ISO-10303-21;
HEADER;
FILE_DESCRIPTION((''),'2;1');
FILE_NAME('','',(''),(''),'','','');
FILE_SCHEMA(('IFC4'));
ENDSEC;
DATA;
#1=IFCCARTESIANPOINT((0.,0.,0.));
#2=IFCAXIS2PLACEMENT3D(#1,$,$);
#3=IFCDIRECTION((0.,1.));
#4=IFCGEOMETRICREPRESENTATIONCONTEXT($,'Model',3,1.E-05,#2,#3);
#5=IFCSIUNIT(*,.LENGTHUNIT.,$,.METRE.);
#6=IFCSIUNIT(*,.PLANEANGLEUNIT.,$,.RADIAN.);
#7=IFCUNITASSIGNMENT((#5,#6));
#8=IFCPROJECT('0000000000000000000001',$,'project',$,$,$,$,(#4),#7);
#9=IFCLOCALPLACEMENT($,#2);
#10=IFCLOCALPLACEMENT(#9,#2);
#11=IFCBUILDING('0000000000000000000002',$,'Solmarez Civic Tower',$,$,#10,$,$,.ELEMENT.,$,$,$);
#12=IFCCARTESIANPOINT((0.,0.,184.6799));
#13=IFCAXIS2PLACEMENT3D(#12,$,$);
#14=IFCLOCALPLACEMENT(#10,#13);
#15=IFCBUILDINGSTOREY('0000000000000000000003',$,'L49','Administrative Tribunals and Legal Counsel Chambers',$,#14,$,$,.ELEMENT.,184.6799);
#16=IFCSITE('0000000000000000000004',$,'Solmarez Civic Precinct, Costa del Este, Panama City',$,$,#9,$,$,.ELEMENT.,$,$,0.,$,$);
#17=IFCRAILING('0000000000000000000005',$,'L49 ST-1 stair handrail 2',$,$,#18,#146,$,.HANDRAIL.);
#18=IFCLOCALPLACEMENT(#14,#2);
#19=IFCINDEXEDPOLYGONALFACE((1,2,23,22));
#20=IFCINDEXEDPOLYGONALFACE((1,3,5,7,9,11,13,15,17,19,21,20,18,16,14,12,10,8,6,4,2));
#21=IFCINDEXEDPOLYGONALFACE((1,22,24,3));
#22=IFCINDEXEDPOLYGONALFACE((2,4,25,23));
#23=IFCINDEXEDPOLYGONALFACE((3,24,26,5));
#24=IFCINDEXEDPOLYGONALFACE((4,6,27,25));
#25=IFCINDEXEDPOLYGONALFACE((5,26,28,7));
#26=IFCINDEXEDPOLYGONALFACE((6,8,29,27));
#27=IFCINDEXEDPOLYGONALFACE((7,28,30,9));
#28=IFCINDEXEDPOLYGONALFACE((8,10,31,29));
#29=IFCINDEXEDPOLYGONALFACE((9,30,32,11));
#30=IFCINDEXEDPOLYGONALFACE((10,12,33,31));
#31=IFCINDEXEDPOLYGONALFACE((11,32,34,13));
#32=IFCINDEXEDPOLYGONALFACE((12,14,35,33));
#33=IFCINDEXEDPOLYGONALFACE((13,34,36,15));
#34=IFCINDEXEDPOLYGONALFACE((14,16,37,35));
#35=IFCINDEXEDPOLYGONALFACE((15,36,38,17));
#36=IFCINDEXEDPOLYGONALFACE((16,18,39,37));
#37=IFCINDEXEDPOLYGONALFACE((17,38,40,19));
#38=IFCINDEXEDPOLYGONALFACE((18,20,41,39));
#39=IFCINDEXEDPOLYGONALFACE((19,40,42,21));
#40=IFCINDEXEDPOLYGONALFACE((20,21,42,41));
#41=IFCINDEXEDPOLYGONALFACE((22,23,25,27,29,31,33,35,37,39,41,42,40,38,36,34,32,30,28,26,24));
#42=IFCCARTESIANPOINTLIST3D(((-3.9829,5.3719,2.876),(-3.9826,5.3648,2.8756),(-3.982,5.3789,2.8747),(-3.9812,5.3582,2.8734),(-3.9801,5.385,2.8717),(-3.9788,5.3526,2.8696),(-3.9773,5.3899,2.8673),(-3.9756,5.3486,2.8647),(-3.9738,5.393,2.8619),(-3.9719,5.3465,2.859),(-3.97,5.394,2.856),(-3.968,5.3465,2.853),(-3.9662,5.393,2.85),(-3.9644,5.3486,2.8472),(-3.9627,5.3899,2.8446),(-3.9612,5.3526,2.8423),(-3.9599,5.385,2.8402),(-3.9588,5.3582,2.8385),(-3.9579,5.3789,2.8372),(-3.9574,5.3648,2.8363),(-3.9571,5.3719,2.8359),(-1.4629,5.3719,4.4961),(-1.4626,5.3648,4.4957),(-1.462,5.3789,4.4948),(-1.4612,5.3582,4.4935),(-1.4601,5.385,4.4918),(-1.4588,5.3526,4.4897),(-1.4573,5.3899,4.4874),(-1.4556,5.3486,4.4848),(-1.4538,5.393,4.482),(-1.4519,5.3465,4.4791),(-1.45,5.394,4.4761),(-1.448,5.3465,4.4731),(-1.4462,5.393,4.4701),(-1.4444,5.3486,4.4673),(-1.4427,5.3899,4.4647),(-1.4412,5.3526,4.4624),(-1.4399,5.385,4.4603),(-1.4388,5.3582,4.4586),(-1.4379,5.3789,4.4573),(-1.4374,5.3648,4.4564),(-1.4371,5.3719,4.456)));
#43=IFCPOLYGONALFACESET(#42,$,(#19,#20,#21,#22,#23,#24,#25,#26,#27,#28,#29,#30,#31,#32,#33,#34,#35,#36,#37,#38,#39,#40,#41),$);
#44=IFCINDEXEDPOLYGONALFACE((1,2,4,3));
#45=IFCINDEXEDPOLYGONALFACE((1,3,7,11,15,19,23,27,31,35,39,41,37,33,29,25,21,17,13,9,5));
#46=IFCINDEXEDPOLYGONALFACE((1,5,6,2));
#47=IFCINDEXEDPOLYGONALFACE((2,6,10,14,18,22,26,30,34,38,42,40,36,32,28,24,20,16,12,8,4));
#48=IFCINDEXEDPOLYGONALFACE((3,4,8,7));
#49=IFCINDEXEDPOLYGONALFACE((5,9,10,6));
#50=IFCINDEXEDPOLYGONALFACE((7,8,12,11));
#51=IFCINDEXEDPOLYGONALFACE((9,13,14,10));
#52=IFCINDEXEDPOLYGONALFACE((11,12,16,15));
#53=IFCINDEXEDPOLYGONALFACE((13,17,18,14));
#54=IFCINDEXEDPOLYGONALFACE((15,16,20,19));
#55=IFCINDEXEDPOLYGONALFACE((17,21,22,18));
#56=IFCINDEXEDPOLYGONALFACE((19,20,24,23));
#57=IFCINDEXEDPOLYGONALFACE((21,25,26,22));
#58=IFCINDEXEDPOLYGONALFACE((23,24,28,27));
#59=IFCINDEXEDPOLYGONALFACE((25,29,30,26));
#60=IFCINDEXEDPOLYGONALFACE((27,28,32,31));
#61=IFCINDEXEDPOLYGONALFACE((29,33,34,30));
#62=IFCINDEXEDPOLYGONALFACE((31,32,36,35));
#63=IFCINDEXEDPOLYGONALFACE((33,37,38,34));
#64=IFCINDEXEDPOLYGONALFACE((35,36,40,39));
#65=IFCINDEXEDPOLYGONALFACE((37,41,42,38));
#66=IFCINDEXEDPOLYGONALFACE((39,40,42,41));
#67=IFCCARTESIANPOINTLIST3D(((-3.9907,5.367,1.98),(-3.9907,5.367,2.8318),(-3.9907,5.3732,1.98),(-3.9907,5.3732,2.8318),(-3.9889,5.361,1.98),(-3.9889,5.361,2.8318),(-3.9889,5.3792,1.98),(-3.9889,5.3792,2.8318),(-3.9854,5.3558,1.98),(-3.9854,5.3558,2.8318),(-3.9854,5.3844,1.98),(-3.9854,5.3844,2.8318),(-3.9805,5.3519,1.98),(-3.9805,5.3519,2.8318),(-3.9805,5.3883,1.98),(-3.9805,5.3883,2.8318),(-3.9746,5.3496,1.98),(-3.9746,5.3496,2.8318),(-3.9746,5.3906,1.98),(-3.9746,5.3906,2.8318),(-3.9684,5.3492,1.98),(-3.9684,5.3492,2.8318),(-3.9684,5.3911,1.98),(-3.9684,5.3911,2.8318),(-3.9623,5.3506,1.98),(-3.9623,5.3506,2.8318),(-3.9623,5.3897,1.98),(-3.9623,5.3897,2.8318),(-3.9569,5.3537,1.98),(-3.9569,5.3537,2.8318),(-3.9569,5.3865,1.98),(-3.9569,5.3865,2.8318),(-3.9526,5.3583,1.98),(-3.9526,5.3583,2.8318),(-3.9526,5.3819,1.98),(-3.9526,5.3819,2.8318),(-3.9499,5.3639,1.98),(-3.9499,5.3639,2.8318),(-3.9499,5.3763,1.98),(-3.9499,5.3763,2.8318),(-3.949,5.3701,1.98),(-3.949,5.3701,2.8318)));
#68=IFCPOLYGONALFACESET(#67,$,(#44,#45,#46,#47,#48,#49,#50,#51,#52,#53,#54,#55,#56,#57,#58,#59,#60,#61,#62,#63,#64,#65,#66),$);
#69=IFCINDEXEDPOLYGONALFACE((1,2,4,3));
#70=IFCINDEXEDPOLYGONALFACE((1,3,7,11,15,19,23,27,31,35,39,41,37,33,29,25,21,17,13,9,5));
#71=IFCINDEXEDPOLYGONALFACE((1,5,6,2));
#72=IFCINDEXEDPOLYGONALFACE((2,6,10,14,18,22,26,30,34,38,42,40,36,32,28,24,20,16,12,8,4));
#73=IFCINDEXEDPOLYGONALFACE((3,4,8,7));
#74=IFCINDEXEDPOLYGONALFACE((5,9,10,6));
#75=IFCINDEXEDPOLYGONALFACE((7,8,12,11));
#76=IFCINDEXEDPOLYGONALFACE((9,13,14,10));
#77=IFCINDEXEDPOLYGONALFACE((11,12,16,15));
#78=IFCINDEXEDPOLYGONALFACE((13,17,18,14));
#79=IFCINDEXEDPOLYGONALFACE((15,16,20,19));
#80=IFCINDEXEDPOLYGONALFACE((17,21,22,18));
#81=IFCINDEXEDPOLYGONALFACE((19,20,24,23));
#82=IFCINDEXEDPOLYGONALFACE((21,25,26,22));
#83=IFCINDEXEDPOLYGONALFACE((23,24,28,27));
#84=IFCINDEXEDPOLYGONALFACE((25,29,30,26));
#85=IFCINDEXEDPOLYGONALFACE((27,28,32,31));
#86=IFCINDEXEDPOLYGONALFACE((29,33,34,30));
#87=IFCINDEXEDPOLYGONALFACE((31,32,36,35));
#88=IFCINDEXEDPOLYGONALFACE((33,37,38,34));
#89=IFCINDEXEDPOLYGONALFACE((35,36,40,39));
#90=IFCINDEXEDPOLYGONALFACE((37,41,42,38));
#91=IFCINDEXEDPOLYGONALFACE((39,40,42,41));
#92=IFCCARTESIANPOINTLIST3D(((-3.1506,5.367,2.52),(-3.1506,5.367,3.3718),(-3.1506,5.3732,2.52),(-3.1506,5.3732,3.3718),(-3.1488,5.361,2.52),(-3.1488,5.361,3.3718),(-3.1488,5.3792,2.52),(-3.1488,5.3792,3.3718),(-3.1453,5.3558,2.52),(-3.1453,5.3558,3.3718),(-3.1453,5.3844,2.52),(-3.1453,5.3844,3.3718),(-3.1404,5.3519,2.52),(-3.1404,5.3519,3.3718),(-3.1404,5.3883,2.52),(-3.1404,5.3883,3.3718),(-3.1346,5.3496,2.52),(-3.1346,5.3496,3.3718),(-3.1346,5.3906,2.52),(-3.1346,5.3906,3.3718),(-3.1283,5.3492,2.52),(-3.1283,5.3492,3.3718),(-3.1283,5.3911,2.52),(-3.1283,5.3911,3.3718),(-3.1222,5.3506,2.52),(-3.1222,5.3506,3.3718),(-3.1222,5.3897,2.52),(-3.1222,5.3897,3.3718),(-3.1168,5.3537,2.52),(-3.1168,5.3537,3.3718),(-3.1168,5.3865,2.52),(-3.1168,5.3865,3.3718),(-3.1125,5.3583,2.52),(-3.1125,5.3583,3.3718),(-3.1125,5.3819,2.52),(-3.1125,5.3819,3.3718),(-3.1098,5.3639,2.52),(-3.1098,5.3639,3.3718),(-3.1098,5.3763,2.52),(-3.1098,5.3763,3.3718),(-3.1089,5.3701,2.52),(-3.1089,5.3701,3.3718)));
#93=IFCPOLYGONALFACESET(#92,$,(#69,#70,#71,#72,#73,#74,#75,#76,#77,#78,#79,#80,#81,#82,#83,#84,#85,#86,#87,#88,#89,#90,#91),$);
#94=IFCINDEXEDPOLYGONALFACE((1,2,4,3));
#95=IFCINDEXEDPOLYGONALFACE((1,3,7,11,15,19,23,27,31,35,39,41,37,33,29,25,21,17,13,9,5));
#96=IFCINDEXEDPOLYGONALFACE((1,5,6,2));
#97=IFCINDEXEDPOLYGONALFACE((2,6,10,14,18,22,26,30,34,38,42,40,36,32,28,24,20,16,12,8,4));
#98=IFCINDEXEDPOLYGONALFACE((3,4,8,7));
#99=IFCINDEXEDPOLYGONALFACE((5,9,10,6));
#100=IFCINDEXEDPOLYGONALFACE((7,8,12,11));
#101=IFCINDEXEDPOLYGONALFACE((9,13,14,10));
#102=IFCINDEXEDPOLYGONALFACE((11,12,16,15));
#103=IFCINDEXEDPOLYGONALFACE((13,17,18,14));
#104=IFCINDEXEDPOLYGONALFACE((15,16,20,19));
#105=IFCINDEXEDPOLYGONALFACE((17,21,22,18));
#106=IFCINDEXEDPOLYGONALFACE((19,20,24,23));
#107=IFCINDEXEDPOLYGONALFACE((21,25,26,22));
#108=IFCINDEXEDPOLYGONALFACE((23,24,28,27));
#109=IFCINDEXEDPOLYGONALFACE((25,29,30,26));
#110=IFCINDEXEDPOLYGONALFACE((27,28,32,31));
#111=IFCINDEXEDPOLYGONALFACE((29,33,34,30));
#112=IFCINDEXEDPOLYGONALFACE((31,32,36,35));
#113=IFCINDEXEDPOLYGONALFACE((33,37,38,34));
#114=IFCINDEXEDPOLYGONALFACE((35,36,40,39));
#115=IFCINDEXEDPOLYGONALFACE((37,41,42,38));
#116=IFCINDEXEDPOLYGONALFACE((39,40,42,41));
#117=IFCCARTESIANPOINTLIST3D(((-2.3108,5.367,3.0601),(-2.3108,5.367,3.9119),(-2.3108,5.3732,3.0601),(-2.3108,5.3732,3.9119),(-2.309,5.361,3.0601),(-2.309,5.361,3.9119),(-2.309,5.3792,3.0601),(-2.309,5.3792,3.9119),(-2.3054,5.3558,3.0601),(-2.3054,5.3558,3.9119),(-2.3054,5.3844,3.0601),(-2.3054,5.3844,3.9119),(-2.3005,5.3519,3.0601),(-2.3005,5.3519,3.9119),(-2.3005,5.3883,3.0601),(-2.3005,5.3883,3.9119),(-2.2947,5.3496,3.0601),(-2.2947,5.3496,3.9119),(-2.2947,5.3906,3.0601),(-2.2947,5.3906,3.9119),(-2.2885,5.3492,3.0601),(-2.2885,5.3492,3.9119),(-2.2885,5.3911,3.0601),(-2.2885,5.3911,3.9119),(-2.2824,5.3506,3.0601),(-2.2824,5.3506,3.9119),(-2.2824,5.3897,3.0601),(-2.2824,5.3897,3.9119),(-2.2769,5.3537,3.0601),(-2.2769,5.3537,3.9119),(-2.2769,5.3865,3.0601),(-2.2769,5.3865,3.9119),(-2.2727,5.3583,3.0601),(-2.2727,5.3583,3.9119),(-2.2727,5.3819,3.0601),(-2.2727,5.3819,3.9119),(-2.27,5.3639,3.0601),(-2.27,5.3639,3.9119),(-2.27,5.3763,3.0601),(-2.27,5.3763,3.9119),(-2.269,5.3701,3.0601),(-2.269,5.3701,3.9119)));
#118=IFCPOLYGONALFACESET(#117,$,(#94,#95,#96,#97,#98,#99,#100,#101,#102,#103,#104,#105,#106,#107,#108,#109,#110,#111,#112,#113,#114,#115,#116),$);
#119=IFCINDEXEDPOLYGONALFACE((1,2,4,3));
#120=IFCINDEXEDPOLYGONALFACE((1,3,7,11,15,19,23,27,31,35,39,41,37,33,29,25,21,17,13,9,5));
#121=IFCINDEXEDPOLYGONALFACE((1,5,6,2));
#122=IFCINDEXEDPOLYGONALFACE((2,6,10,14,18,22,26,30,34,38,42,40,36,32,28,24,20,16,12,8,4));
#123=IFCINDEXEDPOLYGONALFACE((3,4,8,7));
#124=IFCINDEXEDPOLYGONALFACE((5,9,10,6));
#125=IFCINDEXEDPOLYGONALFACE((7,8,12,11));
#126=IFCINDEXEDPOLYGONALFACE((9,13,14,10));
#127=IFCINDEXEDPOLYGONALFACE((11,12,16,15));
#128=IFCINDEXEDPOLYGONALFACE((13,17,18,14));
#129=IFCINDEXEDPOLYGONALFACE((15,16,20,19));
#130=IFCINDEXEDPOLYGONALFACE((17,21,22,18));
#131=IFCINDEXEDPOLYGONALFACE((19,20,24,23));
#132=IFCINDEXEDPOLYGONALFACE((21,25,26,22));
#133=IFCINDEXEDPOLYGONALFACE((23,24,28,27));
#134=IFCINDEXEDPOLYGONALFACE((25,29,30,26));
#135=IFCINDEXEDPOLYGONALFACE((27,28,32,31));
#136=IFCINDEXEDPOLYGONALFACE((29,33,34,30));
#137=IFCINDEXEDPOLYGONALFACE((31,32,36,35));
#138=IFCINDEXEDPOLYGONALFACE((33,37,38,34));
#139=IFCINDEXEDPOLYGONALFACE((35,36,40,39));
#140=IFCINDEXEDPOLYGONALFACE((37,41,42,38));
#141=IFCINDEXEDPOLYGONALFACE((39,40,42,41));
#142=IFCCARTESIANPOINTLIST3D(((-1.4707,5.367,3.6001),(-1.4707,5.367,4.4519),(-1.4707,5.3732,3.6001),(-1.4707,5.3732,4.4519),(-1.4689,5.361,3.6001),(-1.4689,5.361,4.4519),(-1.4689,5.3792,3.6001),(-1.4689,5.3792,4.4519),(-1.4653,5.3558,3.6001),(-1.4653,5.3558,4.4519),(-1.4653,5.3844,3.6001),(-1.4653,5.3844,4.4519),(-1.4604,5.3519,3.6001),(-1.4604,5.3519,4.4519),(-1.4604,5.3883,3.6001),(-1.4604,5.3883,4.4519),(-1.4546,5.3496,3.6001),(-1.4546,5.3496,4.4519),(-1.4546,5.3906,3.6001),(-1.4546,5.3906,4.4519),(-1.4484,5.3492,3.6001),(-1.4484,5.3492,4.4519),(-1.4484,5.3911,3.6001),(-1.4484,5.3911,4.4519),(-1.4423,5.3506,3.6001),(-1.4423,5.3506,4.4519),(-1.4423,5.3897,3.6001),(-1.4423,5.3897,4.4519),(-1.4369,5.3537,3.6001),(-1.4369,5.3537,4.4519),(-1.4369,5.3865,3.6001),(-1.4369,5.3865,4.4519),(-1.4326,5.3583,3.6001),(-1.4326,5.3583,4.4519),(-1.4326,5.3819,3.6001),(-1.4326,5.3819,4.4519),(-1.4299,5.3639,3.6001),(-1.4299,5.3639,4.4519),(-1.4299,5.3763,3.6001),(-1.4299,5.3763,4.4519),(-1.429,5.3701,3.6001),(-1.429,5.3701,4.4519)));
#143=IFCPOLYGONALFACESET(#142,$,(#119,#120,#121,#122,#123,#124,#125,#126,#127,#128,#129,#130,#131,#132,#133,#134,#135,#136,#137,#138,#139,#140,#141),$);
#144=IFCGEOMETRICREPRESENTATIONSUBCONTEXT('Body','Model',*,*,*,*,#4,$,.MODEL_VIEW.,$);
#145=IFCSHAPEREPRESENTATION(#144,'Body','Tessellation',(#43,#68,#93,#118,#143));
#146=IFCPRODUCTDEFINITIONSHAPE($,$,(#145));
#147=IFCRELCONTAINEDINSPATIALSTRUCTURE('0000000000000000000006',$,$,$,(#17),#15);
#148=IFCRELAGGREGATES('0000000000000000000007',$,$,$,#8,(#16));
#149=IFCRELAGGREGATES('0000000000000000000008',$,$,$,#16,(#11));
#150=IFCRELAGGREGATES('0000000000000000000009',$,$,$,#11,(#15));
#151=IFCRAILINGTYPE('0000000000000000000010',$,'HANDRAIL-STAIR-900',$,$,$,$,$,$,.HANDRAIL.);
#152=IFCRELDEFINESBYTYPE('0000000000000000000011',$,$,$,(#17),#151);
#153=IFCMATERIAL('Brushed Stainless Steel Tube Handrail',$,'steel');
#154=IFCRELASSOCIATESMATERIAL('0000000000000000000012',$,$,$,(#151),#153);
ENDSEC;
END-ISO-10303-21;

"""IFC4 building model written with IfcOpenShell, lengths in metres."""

from ifc_helpers import new_model, si_unit, direction, frame, origin, origin_2d, place, context, subcontext, project, spatial, circle, extrude, material, type_object, element, save


model = new_model("IFC4")

# Units and contexts
model_context = context("Model", 3, precision=1e-05, world=origin(), true_north=direction((0.0, 1.0)))
body_context = subcontext(model_context, "Body", "Model", "MODEL_VIEW")
ifc_project = project(units=[si_unit("LENGTHUNIT", "METRE"), si_unit("PLANEANGLEUNIT", "RADIAN")], contexts=[model_context])

# Site, building, storey
site_placement = place(None, origin())
site = spatial("IfcSite", under=ifc_project, at=site_placement, Name="Solmarez Civic Precinct, Costa del Este, Panama City", CompositionType="ELEMENT", RefElevation=0.0)
building_placement = place(site_placement, origin())
building = spatial("IfcBuilding", under=site, at=building_placement, Name="Solmarez Civic Tower", CompositionType="ELEMENT")
storey_placement = place(building_placement, frame((0.0, 0.0, 184.6799)))
storey = spatial("IfcBuildingStorey", under=building, at=storey_placement, Name="L49", Description="Administrative Tribunals and Legal Counsel Chambers", CompositionType="ELEMENT", Elevation=184.6799)

# Railing
ifc_material_1 = material(Name="Brushed Stainless Steel Tube Handrail", Category="steel")
railing_type_1 = type_object("IfcRailingType", Name="HANDRAIL-STAIR-900", PredefinedType="HANDRAIL", material=ifc_material_1)
railing_1_placement = place(storey_placement, frame((-3.97, 5.3701, 1.98)))
element("IfcRailing", 1, at=railing_1_placement, inside=storey, type_object=railing_type_1, Name="L49 ST-1 stair handrail 2", PredefinedType="HANDRAIL", context=body_context, shape_type="SweptSolid", body=[
    extrude(circle(Radius=0.0239, at=origin_2d()), frame((0.0, 0.0, 0.876), z_axis=(0.841163, 0.0, 0.540782), x_axis=(0.0, 1.0, 0.0)), (0.0, 0.0, 1.0), 2.9958),
    extrude(circle(Radius=0.021, at=origin_2d()), origin(), (0.0, 0.0, 1.0), 0.8518),
    extrude(circle(Radius=0.021, at=origin_2d()), frame((0.8401, 0.0, 0.54)), (0.0, 0.0, 1.0), 0.8518),
    extrude(circle(Radius=0.021, at=origin_2d()), frame((1.6799, 0.0, 1.0801)), (0.0, 0.0, 1.0), 0.8518),
    extrude(circle(Radius=0.021, at=origin_2d()), frame((2.52, 0.0, 1.6201)), (0.0, 0.0, 1.0), 0.8518),
])

save(model, "model.ifc")
